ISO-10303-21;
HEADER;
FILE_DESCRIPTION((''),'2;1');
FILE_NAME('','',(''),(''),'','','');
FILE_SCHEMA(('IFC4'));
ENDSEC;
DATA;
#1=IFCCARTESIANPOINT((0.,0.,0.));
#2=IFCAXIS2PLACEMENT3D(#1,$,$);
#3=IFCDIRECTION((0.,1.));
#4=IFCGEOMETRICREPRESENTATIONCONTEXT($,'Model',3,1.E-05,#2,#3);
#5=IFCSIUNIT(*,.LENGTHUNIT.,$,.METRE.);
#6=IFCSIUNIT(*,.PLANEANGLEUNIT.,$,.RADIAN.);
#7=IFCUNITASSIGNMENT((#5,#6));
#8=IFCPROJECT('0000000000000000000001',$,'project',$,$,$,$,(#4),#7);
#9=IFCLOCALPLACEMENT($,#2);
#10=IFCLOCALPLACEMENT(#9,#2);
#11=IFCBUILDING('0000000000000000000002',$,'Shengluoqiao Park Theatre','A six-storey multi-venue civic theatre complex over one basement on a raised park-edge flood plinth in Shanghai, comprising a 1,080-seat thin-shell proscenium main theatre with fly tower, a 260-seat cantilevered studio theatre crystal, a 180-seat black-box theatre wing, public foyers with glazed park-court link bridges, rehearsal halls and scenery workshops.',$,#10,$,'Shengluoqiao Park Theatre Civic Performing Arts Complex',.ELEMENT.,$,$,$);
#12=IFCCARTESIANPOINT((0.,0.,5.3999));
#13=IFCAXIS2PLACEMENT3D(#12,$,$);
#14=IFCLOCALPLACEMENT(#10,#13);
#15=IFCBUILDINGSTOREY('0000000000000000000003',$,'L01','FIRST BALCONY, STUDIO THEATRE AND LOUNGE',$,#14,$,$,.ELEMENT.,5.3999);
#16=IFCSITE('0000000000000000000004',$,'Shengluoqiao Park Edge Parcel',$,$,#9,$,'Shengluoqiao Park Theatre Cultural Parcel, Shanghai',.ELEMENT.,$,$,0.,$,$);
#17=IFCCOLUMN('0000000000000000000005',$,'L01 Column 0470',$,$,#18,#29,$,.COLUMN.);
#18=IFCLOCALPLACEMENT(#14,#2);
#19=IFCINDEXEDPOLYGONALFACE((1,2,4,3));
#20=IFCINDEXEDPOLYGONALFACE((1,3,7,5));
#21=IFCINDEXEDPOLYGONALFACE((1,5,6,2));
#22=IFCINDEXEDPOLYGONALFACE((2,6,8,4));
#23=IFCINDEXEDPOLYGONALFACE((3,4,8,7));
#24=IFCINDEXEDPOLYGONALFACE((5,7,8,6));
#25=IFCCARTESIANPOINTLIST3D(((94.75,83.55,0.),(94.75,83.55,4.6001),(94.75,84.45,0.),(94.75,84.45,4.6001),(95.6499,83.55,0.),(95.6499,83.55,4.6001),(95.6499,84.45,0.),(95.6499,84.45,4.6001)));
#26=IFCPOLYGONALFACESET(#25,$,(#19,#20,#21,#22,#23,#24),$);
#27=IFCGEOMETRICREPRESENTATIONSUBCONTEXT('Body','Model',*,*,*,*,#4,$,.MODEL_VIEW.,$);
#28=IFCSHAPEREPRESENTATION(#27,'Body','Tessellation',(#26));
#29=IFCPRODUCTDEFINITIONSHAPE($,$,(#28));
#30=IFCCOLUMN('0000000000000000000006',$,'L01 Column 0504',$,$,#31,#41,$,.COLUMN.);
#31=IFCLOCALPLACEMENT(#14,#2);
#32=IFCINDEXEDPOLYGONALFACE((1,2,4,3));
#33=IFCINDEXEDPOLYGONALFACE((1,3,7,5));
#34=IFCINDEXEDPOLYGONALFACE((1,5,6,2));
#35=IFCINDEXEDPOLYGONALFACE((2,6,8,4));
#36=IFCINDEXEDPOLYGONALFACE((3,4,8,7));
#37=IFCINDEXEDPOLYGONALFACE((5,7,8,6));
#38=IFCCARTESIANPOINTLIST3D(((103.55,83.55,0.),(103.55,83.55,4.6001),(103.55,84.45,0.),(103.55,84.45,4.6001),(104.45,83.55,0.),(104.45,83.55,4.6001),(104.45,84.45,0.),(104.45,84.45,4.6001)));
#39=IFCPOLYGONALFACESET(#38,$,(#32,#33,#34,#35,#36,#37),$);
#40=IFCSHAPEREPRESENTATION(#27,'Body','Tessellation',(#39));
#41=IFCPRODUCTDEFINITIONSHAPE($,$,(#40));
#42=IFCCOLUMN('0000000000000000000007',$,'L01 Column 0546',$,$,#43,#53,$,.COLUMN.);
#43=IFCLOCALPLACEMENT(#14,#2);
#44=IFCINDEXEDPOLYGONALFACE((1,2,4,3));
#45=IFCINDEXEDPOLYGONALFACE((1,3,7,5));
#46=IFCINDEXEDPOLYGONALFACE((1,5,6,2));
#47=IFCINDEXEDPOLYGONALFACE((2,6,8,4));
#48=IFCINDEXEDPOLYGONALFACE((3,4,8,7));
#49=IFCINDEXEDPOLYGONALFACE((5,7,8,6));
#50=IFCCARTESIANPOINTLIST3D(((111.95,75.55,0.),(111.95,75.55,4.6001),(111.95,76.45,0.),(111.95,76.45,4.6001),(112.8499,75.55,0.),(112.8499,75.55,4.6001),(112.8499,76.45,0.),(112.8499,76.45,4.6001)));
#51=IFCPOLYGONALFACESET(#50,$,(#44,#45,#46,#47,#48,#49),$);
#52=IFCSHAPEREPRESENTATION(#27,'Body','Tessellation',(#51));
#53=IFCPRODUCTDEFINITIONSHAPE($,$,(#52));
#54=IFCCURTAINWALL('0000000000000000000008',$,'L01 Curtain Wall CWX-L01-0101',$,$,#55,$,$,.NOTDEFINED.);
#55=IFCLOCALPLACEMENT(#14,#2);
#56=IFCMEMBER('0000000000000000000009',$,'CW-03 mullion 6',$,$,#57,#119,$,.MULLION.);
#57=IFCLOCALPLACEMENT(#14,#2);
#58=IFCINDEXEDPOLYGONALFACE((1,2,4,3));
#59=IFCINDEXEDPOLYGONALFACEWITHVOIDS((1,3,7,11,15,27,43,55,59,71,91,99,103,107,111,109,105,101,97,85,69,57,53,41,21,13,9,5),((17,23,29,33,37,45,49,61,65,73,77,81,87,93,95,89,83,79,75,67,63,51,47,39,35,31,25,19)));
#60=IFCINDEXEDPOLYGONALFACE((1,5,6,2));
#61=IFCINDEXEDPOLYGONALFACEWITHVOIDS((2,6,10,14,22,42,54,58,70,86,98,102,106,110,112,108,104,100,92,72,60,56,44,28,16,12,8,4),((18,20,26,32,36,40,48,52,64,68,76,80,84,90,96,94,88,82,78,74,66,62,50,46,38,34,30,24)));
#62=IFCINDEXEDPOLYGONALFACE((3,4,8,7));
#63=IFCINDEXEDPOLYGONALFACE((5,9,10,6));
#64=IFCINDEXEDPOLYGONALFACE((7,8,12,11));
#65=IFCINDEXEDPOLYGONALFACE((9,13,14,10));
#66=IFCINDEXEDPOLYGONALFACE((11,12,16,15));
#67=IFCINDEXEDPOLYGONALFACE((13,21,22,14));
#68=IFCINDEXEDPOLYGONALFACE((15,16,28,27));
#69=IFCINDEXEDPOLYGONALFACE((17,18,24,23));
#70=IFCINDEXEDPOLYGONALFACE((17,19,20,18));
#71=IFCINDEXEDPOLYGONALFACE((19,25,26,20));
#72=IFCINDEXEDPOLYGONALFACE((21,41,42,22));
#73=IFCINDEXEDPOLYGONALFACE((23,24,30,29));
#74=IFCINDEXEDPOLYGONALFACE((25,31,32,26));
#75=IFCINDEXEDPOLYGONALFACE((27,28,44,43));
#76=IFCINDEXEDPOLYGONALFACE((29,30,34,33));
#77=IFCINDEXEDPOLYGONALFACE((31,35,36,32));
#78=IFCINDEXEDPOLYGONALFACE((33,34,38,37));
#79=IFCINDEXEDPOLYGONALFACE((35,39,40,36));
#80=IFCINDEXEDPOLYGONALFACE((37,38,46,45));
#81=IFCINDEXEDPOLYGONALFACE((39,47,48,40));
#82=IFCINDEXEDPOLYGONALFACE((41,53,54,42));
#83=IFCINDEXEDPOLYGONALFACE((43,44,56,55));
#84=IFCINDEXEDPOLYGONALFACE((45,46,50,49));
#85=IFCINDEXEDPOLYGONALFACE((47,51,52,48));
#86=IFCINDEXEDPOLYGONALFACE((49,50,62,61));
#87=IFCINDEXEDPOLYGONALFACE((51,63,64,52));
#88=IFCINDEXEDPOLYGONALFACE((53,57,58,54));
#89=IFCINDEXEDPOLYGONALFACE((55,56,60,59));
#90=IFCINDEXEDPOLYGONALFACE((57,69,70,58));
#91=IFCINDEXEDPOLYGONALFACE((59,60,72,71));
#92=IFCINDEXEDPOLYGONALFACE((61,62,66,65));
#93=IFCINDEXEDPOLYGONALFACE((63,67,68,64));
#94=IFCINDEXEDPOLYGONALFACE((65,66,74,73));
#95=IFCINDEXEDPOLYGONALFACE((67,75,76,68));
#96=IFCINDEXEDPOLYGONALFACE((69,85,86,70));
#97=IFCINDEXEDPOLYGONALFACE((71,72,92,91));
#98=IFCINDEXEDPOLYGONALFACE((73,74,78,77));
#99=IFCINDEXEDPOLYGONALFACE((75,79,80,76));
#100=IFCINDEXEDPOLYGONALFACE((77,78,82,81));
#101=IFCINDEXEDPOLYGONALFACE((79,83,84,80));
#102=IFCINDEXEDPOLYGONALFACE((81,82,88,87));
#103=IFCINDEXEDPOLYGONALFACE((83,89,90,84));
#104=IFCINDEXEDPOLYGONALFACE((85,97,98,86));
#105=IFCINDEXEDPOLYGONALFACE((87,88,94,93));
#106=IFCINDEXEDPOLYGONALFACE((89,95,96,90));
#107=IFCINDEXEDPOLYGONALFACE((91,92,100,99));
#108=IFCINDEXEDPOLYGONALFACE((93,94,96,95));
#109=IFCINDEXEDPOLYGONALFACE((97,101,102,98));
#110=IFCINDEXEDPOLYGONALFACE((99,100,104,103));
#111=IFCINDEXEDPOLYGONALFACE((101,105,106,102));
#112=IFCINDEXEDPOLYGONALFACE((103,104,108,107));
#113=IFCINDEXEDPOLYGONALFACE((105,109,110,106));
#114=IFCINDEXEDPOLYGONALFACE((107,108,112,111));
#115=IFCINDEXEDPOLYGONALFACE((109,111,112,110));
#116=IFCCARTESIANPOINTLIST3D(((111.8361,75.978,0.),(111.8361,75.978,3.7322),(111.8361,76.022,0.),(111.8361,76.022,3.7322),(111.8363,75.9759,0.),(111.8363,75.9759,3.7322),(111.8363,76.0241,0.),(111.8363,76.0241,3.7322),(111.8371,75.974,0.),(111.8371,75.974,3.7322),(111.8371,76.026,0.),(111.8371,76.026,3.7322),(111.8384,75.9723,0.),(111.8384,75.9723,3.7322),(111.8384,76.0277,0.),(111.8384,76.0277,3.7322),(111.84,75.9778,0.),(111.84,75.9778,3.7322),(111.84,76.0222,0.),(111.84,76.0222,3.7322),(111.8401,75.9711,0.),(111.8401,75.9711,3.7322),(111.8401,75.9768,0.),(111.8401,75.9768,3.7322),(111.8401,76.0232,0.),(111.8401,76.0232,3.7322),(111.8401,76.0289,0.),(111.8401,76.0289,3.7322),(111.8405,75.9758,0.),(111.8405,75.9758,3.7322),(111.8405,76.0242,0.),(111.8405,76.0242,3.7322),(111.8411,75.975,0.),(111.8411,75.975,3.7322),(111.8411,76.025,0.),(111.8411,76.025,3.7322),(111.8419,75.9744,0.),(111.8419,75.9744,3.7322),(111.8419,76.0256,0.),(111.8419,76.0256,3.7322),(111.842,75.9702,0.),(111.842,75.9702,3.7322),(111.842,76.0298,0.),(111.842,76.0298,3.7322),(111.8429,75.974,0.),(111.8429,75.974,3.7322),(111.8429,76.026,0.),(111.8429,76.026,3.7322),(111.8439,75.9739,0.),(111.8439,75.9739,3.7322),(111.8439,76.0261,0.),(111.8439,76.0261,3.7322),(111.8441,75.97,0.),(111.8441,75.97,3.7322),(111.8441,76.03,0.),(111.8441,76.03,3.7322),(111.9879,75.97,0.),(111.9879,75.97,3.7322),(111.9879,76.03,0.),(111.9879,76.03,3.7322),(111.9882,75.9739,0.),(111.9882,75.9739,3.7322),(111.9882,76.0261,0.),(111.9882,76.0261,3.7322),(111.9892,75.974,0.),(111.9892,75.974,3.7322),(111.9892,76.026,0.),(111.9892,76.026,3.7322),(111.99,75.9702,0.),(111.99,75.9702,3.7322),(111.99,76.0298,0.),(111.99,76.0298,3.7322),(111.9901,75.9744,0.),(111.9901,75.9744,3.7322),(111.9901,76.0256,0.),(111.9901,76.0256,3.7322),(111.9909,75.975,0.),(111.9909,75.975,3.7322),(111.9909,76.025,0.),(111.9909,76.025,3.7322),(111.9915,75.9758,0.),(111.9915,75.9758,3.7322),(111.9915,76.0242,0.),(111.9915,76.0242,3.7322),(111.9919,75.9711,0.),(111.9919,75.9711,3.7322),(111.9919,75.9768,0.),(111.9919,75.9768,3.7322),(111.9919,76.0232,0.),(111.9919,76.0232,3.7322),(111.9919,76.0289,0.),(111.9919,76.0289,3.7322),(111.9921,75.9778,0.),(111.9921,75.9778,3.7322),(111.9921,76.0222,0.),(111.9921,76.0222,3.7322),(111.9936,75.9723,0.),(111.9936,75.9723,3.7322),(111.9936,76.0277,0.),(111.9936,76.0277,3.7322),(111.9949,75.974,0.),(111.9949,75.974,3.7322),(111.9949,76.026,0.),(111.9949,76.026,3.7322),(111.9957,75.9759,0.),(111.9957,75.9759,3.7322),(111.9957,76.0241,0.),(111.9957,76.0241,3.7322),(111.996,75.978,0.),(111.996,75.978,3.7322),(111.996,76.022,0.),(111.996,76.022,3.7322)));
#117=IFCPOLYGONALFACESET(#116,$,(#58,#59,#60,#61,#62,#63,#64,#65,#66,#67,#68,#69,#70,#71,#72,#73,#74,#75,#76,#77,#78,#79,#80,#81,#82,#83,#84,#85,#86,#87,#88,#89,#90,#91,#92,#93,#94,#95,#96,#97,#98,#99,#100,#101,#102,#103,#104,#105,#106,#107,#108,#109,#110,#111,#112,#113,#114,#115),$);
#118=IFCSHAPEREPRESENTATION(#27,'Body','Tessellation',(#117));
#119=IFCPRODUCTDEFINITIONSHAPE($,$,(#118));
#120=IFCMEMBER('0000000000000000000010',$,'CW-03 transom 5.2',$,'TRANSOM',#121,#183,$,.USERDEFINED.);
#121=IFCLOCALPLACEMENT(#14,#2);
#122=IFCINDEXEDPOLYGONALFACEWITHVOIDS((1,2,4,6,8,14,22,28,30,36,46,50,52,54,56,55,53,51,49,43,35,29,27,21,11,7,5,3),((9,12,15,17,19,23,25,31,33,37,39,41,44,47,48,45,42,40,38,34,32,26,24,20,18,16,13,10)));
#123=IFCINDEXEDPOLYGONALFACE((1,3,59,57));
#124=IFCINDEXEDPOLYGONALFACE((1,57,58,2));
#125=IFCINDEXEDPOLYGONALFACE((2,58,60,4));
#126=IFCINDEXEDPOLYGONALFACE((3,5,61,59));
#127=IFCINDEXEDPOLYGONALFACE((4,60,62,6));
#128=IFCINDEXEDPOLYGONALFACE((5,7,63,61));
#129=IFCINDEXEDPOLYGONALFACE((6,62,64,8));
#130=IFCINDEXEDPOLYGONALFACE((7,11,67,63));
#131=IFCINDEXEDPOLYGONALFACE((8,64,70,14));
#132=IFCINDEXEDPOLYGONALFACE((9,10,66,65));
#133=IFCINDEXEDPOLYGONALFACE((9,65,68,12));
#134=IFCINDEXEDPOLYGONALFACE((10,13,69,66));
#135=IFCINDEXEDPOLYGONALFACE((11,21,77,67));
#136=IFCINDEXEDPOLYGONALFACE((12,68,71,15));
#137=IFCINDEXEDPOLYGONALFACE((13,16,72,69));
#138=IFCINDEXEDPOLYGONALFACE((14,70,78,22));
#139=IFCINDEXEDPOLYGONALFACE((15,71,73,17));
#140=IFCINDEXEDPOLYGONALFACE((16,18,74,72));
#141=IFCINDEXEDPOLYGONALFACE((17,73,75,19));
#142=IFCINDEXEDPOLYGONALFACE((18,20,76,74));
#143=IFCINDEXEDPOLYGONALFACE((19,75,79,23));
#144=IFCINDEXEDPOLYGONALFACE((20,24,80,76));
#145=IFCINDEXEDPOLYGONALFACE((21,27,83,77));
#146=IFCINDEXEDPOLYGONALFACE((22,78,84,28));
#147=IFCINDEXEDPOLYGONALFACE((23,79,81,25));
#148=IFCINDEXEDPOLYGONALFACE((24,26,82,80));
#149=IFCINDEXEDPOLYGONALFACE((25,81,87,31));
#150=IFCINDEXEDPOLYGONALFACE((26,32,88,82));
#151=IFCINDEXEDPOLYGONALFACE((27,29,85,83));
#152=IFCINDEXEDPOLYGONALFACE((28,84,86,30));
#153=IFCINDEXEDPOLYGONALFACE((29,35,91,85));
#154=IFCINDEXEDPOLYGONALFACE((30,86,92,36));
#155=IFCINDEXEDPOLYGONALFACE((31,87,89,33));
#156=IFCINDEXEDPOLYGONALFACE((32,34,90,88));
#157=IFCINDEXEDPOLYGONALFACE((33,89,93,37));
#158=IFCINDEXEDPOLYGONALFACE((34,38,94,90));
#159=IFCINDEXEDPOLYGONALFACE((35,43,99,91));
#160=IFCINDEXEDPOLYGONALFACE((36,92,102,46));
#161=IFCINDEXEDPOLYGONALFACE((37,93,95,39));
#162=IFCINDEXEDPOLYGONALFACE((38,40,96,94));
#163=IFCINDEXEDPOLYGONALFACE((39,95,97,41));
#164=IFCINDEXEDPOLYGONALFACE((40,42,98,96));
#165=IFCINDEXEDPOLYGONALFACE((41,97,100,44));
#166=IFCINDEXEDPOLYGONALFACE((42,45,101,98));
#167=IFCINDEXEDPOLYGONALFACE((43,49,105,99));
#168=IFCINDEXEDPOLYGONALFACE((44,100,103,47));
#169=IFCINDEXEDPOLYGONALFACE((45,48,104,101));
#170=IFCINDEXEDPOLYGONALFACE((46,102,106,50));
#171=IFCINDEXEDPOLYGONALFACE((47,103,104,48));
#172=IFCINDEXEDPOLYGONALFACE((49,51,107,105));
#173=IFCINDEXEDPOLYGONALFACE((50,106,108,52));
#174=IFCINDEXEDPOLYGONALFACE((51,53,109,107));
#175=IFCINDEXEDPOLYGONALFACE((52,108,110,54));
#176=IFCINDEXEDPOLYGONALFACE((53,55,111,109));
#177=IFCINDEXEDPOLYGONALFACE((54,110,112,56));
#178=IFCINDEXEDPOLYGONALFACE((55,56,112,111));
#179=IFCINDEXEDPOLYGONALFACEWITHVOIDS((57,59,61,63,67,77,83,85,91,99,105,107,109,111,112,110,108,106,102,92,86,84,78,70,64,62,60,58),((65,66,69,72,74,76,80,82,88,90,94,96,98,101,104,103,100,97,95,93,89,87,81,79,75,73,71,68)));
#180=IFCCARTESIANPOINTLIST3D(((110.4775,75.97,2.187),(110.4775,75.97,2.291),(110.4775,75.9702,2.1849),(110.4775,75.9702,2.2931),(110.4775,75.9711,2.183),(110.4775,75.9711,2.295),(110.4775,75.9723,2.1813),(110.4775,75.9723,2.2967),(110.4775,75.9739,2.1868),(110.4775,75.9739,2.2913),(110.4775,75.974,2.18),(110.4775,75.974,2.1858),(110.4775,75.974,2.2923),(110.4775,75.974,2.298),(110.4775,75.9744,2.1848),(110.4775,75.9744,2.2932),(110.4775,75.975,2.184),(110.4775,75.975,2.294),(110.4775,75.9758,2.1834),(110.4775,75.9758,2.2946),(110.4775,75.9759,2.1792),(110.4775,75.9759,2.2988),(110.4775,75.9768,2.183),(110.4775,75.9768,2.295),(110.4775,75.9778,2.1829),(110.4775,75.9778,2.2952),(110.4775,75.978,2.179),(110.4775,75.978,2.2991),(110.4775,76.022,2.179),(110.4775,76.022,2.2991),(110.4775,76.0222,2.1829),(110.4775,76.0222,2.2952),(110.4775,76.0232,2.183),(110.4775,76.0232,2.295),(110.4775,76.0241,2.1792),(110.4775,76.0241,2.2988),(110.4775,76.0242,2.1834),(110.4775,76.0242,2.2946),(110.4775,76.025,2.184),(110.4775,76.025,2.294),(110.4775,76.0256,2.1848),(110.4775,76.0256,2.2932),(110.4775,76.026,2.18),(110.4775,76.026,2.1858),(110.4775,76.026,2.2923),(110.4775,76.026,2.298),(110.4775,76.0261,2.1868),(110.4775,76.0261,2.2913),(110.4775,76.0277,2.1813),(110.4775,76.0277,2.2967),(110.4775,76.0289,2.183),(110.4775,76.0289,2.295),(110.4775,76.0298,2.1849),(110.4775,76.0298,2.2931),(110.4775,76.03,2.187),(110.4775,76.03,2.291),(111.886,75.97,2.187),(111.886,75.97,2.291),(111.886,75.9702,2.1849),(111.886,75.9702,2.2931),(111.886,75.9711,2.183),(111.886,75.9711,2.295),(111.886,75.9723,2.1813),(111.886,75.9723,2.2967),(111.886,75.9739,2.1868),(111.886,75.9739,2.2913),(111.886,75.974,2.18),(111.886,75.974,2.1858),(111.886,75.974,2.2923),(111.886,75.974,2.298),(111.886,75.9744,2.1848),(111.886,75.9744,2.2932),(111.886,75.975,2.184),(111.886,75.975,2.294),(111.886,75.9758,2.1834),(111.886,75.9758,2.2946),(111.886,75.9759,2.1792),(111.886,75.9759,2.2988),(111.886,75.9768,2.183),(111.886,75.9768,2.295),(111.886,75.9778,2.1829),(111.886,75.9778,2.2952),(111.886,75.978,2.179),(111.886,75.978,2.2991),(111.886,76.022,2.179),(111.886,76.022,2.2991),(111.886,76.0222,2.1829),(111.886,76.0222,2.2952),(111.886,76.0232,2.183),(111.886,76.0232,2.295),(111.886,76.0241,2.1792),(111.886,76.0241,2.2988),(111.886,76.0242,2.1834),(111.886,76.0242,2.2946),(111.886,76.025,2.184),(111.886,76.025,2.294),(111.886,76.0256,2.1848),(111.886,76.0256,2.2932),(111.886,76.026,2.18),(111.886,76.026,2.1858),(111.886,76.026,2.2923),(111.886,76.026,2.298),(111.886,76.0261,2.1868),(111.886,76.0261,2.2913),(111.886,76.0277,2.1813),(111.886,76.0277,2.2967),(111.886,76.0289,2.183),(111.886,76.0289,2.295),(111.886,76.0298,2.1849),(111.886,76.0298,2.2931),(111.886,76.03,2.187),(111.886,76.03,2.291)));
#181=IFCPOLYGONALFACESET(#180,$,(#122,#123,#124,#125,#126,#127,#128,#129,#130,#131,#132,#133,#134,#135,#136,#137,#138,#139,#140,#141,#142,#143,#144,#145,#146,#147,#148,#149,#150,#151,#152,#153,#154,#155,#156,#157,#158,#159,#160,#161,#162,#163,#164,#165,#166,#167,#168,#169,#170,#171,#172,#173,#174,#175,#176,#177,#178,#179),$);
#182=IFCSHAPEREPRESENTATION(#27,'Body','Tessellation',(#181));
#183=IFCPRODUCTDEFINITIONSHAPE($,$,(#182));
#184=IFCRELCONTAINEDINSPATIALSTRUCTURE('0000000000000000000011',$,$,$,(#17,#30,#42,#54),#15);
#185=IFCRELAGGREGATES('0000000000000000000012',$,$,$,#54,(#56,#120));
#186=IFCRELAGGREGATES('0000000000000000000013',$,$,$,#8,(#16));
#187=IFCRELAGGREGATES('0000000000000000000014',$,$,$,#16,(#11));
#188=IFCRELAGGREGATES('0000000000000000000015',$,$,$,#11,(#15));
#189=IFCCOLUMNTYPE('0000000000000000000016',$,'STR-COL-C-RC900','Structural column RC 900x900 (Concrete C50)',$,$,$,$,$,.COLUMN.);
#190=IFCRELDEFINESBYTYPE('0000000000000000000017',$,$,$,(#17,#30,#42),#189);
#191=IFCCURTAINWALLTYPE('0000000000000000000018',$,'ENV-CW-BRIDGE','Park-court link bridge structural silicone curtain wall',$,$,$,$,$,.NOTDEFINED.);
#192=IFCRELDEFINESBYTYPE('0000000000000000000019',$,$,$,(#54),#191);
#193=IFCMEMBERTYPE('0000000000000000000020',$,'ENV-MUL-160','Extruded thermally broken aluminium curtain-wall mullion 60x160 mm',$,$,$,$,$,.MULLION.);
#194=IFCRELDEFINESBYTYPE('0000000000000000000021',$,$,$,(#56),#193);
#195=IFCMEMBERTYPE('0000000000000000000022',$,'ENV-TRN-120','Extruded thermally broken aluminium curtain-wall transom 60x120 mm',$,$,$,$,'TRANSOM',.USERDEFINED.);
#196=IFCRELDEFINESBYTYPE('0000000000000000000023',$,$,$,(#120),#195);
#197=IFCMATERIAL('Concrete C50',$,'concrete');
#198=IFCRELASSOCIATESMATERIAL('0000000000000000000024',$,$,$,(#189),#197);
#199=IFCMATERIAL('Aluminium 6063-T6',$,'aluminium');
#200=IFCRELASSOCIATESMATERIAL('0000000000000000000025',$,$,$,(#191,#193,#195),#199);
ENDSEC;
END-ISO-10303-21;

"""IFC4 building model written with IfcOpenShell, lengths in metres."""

from ifc_helpers import new_model, si_unit, direction, frame, origin, origin_2d, place, context, subcontext, project, spatial, rectangle, hollow_rectangle, extrude, material, material_profile, profile_set, type_object, element, aggregate, save


model = new_model("IFC4")

# Units and contexts
model_context = context("Model", 3, precision=1e-05, world=origin(), true_north=direction((0.0, 1.0)))
body_context = subcontext(model_context, "Body", "Model", "MODEL_VIEW")
ifc_project = project(units=[si_unit("LENGTHUNIT", "METRE"), si_unit("PLANEANGLEUNIT", "RADIAN")], contexts=[model_context])

# Site, building, storey
site_placement = place(None, origin())
site = spatial("IfcSite", under=ifc_project, at=site_placement, Name="Shengluoqiao Park Edge Parcel", LongName="Shengluoqiao Park Theatre Cultural Parcel, Shanghai", CompositionType="ELEMENT", RefElevation=0.0)
building_placement = place(site_placement, origin())
building = spatial("IfcBuilding", under=site, at=building_placement, Name="Shengluoqiao Park Theatre", Description="A six-storey multi-venue civic theatre complex over one basement on a raised park-edge flood plinth in Shanghai, comprising a 1,080-seat thin-shell proscenium main theatre with fly tower, a 260-seat cantilevered studio theatre crystal, a 180-seat black-box theatre wing, public foyers with glazed park-court link bridges, rehearsal halls and scenery workshops.", LongName="Shengluoqiao Park Theatre Civic Performing Arts Complex", CompositionType="ELEMENT")
storey_placement = place(building_placement, frame((0.0, 0.0, 5.3999)))
storey = spatial("IfcBuildingStorey", under=building, at=storey_placement, Name="L01", Description="FIRST BALCONY, STUDIO THEATRE AND LOUNGE", CompositionType="ELEMENT", Elevation=5.3999)

# Columns
ifc_material_1 = material(Name="Concrete C50", Category="concrete")
ifc_material_profile_1 = material_profile(ifc_material_1, rectangle(XDim=0.8999, YDim=0.8999, at=origin_2d()), Name="RC 900x900")
ifc_profile_set_1 = profile_set([ifc_material_profile_1], Name="Concrete C50")
column_type = type_object("IfcColumnType", Name="STR-COL-C-RC900", Description="Structural column RC 900x900 (Concrete C50)", PredefinedType="COLUMN", material=ifc_profile_set_1)
for number, where, z_axis, x_axis, name in (
    (1, (95.2, 84.0, 0.0), (0.0, 0.0, 1.0), (1.0, 0.0, 0.0), "L01 Column 0470"),
    (2, (104.0, 84.0, 0.0), (0.0, 0.0, 1.0), (1.0, 0.0, 0.0), "L01 Column 0504"),
    (3, (112.3999, 76.0, 0.0), (0.0, 0.0, 1.0), (1.0, 0.0, 0.0), "L01 Column 0546"),
):
    element("IfcColumn", number, at=place(storey_placement, frame(where, z_axis=z_axis, x_axis=x_axis)), inside=storey, type_object=column_type, Name=name, PredefinedType="COLUMN", context=body_context, shape_type="SweptSolid", body=[
        extrude(rectangle(XDim=0.8999, YDim=0.8999, at=origin_2d()), origin(), (0.0, 0.0, 1.0), 4.6001),
    ])

# Curtain wall, members
ifc_material_2 = material(Name="Aluminium 6063-T6", Category="aluminium")
curtain_wall_type = type_object("IfcCurtainWallType", Name="ENV-CW-BRIDGE", Description="Park-court link bridge structural silicone curtain wall", PredefinedType="NOTDEFINED", material=ifc_material_2)
curtain_wall_placement = place(storey_placement, origin())
curtain_wall = element("IfcCurtainWall", 4, at=curtain_wall_placement, inside=storey, type_object=curtain_wall_type, Name="L01 Curtain Wall CWX-L01-0101", PredefinedType="NOTDEFINED")
ifc_material_profile_2 = material_profile(ifc_material_2, hollow_rectangle(XDim=0.0601, YDim=0.1599, WallThickness=0.0039, InnerFilletRadius=0.0039, OuterFilletRadius=0.0081, at=origin_2d()), Name="ALU MULLION 160x60x4")
ifc_profile_set_2 = profile_set([ifc_material_profile_2], Name="Aluminium 6063-T6")
member_type_1 = type_object("IfcMemberType", Name="ENV-MUL-160", Description="Extruded thermally broken aluminium curtain-wall mullion 60x160 mm", PredefinedType="MULLION", material=ifc_profile_set_2)
member_1_placement = place(storey_placement, frame((111.916, 76.0, 0.0), z_axis=(0.0, 0.0, 1.0), x_axis=(0.0, 1.0, 0.0)))
member_1 = element("IfcMember", 5, at=member_1_placement, type_object=member_type_1, Name="CW-03 mullion 6", PredefinedType="MULLION", context=body_context, shape_type="SweptSolid", body=[
    extrude(hollow_rectangle(XDim=0.0601, YDim=0.1599, WallThickness=0.0039, InnerFilletRadius=0.0039, OuterFilletRadius=0.0081, at=origin_2d()), origin(), (0.0, 0.0, 1.0), 3.7322),
])
ifc_material_profile_3 = material_profile(ifc_material_2, hollow_rectangle(XDim=0.0601, YDim=0.1201, WallThickness=0.0039, InnerFilletRadius=0.0039, OuterFilletRadius=0.0081, at=origin_2d()), Name="ALU TRANSOM 120x60x4")
ifc_profile_set_3 = profile_set([ifc_material_profile_3], Name="Aluminium 6063-T6")
member_type_2 = type_object("IfcMemberType", Name="ENV-TRN-120", Description="Extruded thermally broken aluminium curtain-wall transom 60x120 mm", ElementType="TRANSOM", PredefinedType="USERDEFINED", material=ifc_profile_set_3)
member_2_placement = place(storey_placement, frame((110.4775, 76.0, 2.239), z_axis=(1.0, 0.0, 0.0), x_axis=(0.0, 1.0, 0.0)))
member_2 = element("IfcMember", 6, at=member_2_placement, type_object=member_type_2, Name="CW-03 transom 5.2", ObjectType="TRANSOM", PredefinedType="USERDEFINED", context=body_context, shape_type="SweptSolid", body=[
    extrude(hollow_rectangle(XDim=0.0601, YDim=0.1201, WallThickness=0.0039, InnerFilletRadius=0.0039, OuterFilletRadius=0.0081, at=origin_2d()), origin(), (0.0, 0.0, 1.0), 1.4084),
])

aggregate(curtain_wall, [member_1, member_2])

save(model, "model.ifc")
